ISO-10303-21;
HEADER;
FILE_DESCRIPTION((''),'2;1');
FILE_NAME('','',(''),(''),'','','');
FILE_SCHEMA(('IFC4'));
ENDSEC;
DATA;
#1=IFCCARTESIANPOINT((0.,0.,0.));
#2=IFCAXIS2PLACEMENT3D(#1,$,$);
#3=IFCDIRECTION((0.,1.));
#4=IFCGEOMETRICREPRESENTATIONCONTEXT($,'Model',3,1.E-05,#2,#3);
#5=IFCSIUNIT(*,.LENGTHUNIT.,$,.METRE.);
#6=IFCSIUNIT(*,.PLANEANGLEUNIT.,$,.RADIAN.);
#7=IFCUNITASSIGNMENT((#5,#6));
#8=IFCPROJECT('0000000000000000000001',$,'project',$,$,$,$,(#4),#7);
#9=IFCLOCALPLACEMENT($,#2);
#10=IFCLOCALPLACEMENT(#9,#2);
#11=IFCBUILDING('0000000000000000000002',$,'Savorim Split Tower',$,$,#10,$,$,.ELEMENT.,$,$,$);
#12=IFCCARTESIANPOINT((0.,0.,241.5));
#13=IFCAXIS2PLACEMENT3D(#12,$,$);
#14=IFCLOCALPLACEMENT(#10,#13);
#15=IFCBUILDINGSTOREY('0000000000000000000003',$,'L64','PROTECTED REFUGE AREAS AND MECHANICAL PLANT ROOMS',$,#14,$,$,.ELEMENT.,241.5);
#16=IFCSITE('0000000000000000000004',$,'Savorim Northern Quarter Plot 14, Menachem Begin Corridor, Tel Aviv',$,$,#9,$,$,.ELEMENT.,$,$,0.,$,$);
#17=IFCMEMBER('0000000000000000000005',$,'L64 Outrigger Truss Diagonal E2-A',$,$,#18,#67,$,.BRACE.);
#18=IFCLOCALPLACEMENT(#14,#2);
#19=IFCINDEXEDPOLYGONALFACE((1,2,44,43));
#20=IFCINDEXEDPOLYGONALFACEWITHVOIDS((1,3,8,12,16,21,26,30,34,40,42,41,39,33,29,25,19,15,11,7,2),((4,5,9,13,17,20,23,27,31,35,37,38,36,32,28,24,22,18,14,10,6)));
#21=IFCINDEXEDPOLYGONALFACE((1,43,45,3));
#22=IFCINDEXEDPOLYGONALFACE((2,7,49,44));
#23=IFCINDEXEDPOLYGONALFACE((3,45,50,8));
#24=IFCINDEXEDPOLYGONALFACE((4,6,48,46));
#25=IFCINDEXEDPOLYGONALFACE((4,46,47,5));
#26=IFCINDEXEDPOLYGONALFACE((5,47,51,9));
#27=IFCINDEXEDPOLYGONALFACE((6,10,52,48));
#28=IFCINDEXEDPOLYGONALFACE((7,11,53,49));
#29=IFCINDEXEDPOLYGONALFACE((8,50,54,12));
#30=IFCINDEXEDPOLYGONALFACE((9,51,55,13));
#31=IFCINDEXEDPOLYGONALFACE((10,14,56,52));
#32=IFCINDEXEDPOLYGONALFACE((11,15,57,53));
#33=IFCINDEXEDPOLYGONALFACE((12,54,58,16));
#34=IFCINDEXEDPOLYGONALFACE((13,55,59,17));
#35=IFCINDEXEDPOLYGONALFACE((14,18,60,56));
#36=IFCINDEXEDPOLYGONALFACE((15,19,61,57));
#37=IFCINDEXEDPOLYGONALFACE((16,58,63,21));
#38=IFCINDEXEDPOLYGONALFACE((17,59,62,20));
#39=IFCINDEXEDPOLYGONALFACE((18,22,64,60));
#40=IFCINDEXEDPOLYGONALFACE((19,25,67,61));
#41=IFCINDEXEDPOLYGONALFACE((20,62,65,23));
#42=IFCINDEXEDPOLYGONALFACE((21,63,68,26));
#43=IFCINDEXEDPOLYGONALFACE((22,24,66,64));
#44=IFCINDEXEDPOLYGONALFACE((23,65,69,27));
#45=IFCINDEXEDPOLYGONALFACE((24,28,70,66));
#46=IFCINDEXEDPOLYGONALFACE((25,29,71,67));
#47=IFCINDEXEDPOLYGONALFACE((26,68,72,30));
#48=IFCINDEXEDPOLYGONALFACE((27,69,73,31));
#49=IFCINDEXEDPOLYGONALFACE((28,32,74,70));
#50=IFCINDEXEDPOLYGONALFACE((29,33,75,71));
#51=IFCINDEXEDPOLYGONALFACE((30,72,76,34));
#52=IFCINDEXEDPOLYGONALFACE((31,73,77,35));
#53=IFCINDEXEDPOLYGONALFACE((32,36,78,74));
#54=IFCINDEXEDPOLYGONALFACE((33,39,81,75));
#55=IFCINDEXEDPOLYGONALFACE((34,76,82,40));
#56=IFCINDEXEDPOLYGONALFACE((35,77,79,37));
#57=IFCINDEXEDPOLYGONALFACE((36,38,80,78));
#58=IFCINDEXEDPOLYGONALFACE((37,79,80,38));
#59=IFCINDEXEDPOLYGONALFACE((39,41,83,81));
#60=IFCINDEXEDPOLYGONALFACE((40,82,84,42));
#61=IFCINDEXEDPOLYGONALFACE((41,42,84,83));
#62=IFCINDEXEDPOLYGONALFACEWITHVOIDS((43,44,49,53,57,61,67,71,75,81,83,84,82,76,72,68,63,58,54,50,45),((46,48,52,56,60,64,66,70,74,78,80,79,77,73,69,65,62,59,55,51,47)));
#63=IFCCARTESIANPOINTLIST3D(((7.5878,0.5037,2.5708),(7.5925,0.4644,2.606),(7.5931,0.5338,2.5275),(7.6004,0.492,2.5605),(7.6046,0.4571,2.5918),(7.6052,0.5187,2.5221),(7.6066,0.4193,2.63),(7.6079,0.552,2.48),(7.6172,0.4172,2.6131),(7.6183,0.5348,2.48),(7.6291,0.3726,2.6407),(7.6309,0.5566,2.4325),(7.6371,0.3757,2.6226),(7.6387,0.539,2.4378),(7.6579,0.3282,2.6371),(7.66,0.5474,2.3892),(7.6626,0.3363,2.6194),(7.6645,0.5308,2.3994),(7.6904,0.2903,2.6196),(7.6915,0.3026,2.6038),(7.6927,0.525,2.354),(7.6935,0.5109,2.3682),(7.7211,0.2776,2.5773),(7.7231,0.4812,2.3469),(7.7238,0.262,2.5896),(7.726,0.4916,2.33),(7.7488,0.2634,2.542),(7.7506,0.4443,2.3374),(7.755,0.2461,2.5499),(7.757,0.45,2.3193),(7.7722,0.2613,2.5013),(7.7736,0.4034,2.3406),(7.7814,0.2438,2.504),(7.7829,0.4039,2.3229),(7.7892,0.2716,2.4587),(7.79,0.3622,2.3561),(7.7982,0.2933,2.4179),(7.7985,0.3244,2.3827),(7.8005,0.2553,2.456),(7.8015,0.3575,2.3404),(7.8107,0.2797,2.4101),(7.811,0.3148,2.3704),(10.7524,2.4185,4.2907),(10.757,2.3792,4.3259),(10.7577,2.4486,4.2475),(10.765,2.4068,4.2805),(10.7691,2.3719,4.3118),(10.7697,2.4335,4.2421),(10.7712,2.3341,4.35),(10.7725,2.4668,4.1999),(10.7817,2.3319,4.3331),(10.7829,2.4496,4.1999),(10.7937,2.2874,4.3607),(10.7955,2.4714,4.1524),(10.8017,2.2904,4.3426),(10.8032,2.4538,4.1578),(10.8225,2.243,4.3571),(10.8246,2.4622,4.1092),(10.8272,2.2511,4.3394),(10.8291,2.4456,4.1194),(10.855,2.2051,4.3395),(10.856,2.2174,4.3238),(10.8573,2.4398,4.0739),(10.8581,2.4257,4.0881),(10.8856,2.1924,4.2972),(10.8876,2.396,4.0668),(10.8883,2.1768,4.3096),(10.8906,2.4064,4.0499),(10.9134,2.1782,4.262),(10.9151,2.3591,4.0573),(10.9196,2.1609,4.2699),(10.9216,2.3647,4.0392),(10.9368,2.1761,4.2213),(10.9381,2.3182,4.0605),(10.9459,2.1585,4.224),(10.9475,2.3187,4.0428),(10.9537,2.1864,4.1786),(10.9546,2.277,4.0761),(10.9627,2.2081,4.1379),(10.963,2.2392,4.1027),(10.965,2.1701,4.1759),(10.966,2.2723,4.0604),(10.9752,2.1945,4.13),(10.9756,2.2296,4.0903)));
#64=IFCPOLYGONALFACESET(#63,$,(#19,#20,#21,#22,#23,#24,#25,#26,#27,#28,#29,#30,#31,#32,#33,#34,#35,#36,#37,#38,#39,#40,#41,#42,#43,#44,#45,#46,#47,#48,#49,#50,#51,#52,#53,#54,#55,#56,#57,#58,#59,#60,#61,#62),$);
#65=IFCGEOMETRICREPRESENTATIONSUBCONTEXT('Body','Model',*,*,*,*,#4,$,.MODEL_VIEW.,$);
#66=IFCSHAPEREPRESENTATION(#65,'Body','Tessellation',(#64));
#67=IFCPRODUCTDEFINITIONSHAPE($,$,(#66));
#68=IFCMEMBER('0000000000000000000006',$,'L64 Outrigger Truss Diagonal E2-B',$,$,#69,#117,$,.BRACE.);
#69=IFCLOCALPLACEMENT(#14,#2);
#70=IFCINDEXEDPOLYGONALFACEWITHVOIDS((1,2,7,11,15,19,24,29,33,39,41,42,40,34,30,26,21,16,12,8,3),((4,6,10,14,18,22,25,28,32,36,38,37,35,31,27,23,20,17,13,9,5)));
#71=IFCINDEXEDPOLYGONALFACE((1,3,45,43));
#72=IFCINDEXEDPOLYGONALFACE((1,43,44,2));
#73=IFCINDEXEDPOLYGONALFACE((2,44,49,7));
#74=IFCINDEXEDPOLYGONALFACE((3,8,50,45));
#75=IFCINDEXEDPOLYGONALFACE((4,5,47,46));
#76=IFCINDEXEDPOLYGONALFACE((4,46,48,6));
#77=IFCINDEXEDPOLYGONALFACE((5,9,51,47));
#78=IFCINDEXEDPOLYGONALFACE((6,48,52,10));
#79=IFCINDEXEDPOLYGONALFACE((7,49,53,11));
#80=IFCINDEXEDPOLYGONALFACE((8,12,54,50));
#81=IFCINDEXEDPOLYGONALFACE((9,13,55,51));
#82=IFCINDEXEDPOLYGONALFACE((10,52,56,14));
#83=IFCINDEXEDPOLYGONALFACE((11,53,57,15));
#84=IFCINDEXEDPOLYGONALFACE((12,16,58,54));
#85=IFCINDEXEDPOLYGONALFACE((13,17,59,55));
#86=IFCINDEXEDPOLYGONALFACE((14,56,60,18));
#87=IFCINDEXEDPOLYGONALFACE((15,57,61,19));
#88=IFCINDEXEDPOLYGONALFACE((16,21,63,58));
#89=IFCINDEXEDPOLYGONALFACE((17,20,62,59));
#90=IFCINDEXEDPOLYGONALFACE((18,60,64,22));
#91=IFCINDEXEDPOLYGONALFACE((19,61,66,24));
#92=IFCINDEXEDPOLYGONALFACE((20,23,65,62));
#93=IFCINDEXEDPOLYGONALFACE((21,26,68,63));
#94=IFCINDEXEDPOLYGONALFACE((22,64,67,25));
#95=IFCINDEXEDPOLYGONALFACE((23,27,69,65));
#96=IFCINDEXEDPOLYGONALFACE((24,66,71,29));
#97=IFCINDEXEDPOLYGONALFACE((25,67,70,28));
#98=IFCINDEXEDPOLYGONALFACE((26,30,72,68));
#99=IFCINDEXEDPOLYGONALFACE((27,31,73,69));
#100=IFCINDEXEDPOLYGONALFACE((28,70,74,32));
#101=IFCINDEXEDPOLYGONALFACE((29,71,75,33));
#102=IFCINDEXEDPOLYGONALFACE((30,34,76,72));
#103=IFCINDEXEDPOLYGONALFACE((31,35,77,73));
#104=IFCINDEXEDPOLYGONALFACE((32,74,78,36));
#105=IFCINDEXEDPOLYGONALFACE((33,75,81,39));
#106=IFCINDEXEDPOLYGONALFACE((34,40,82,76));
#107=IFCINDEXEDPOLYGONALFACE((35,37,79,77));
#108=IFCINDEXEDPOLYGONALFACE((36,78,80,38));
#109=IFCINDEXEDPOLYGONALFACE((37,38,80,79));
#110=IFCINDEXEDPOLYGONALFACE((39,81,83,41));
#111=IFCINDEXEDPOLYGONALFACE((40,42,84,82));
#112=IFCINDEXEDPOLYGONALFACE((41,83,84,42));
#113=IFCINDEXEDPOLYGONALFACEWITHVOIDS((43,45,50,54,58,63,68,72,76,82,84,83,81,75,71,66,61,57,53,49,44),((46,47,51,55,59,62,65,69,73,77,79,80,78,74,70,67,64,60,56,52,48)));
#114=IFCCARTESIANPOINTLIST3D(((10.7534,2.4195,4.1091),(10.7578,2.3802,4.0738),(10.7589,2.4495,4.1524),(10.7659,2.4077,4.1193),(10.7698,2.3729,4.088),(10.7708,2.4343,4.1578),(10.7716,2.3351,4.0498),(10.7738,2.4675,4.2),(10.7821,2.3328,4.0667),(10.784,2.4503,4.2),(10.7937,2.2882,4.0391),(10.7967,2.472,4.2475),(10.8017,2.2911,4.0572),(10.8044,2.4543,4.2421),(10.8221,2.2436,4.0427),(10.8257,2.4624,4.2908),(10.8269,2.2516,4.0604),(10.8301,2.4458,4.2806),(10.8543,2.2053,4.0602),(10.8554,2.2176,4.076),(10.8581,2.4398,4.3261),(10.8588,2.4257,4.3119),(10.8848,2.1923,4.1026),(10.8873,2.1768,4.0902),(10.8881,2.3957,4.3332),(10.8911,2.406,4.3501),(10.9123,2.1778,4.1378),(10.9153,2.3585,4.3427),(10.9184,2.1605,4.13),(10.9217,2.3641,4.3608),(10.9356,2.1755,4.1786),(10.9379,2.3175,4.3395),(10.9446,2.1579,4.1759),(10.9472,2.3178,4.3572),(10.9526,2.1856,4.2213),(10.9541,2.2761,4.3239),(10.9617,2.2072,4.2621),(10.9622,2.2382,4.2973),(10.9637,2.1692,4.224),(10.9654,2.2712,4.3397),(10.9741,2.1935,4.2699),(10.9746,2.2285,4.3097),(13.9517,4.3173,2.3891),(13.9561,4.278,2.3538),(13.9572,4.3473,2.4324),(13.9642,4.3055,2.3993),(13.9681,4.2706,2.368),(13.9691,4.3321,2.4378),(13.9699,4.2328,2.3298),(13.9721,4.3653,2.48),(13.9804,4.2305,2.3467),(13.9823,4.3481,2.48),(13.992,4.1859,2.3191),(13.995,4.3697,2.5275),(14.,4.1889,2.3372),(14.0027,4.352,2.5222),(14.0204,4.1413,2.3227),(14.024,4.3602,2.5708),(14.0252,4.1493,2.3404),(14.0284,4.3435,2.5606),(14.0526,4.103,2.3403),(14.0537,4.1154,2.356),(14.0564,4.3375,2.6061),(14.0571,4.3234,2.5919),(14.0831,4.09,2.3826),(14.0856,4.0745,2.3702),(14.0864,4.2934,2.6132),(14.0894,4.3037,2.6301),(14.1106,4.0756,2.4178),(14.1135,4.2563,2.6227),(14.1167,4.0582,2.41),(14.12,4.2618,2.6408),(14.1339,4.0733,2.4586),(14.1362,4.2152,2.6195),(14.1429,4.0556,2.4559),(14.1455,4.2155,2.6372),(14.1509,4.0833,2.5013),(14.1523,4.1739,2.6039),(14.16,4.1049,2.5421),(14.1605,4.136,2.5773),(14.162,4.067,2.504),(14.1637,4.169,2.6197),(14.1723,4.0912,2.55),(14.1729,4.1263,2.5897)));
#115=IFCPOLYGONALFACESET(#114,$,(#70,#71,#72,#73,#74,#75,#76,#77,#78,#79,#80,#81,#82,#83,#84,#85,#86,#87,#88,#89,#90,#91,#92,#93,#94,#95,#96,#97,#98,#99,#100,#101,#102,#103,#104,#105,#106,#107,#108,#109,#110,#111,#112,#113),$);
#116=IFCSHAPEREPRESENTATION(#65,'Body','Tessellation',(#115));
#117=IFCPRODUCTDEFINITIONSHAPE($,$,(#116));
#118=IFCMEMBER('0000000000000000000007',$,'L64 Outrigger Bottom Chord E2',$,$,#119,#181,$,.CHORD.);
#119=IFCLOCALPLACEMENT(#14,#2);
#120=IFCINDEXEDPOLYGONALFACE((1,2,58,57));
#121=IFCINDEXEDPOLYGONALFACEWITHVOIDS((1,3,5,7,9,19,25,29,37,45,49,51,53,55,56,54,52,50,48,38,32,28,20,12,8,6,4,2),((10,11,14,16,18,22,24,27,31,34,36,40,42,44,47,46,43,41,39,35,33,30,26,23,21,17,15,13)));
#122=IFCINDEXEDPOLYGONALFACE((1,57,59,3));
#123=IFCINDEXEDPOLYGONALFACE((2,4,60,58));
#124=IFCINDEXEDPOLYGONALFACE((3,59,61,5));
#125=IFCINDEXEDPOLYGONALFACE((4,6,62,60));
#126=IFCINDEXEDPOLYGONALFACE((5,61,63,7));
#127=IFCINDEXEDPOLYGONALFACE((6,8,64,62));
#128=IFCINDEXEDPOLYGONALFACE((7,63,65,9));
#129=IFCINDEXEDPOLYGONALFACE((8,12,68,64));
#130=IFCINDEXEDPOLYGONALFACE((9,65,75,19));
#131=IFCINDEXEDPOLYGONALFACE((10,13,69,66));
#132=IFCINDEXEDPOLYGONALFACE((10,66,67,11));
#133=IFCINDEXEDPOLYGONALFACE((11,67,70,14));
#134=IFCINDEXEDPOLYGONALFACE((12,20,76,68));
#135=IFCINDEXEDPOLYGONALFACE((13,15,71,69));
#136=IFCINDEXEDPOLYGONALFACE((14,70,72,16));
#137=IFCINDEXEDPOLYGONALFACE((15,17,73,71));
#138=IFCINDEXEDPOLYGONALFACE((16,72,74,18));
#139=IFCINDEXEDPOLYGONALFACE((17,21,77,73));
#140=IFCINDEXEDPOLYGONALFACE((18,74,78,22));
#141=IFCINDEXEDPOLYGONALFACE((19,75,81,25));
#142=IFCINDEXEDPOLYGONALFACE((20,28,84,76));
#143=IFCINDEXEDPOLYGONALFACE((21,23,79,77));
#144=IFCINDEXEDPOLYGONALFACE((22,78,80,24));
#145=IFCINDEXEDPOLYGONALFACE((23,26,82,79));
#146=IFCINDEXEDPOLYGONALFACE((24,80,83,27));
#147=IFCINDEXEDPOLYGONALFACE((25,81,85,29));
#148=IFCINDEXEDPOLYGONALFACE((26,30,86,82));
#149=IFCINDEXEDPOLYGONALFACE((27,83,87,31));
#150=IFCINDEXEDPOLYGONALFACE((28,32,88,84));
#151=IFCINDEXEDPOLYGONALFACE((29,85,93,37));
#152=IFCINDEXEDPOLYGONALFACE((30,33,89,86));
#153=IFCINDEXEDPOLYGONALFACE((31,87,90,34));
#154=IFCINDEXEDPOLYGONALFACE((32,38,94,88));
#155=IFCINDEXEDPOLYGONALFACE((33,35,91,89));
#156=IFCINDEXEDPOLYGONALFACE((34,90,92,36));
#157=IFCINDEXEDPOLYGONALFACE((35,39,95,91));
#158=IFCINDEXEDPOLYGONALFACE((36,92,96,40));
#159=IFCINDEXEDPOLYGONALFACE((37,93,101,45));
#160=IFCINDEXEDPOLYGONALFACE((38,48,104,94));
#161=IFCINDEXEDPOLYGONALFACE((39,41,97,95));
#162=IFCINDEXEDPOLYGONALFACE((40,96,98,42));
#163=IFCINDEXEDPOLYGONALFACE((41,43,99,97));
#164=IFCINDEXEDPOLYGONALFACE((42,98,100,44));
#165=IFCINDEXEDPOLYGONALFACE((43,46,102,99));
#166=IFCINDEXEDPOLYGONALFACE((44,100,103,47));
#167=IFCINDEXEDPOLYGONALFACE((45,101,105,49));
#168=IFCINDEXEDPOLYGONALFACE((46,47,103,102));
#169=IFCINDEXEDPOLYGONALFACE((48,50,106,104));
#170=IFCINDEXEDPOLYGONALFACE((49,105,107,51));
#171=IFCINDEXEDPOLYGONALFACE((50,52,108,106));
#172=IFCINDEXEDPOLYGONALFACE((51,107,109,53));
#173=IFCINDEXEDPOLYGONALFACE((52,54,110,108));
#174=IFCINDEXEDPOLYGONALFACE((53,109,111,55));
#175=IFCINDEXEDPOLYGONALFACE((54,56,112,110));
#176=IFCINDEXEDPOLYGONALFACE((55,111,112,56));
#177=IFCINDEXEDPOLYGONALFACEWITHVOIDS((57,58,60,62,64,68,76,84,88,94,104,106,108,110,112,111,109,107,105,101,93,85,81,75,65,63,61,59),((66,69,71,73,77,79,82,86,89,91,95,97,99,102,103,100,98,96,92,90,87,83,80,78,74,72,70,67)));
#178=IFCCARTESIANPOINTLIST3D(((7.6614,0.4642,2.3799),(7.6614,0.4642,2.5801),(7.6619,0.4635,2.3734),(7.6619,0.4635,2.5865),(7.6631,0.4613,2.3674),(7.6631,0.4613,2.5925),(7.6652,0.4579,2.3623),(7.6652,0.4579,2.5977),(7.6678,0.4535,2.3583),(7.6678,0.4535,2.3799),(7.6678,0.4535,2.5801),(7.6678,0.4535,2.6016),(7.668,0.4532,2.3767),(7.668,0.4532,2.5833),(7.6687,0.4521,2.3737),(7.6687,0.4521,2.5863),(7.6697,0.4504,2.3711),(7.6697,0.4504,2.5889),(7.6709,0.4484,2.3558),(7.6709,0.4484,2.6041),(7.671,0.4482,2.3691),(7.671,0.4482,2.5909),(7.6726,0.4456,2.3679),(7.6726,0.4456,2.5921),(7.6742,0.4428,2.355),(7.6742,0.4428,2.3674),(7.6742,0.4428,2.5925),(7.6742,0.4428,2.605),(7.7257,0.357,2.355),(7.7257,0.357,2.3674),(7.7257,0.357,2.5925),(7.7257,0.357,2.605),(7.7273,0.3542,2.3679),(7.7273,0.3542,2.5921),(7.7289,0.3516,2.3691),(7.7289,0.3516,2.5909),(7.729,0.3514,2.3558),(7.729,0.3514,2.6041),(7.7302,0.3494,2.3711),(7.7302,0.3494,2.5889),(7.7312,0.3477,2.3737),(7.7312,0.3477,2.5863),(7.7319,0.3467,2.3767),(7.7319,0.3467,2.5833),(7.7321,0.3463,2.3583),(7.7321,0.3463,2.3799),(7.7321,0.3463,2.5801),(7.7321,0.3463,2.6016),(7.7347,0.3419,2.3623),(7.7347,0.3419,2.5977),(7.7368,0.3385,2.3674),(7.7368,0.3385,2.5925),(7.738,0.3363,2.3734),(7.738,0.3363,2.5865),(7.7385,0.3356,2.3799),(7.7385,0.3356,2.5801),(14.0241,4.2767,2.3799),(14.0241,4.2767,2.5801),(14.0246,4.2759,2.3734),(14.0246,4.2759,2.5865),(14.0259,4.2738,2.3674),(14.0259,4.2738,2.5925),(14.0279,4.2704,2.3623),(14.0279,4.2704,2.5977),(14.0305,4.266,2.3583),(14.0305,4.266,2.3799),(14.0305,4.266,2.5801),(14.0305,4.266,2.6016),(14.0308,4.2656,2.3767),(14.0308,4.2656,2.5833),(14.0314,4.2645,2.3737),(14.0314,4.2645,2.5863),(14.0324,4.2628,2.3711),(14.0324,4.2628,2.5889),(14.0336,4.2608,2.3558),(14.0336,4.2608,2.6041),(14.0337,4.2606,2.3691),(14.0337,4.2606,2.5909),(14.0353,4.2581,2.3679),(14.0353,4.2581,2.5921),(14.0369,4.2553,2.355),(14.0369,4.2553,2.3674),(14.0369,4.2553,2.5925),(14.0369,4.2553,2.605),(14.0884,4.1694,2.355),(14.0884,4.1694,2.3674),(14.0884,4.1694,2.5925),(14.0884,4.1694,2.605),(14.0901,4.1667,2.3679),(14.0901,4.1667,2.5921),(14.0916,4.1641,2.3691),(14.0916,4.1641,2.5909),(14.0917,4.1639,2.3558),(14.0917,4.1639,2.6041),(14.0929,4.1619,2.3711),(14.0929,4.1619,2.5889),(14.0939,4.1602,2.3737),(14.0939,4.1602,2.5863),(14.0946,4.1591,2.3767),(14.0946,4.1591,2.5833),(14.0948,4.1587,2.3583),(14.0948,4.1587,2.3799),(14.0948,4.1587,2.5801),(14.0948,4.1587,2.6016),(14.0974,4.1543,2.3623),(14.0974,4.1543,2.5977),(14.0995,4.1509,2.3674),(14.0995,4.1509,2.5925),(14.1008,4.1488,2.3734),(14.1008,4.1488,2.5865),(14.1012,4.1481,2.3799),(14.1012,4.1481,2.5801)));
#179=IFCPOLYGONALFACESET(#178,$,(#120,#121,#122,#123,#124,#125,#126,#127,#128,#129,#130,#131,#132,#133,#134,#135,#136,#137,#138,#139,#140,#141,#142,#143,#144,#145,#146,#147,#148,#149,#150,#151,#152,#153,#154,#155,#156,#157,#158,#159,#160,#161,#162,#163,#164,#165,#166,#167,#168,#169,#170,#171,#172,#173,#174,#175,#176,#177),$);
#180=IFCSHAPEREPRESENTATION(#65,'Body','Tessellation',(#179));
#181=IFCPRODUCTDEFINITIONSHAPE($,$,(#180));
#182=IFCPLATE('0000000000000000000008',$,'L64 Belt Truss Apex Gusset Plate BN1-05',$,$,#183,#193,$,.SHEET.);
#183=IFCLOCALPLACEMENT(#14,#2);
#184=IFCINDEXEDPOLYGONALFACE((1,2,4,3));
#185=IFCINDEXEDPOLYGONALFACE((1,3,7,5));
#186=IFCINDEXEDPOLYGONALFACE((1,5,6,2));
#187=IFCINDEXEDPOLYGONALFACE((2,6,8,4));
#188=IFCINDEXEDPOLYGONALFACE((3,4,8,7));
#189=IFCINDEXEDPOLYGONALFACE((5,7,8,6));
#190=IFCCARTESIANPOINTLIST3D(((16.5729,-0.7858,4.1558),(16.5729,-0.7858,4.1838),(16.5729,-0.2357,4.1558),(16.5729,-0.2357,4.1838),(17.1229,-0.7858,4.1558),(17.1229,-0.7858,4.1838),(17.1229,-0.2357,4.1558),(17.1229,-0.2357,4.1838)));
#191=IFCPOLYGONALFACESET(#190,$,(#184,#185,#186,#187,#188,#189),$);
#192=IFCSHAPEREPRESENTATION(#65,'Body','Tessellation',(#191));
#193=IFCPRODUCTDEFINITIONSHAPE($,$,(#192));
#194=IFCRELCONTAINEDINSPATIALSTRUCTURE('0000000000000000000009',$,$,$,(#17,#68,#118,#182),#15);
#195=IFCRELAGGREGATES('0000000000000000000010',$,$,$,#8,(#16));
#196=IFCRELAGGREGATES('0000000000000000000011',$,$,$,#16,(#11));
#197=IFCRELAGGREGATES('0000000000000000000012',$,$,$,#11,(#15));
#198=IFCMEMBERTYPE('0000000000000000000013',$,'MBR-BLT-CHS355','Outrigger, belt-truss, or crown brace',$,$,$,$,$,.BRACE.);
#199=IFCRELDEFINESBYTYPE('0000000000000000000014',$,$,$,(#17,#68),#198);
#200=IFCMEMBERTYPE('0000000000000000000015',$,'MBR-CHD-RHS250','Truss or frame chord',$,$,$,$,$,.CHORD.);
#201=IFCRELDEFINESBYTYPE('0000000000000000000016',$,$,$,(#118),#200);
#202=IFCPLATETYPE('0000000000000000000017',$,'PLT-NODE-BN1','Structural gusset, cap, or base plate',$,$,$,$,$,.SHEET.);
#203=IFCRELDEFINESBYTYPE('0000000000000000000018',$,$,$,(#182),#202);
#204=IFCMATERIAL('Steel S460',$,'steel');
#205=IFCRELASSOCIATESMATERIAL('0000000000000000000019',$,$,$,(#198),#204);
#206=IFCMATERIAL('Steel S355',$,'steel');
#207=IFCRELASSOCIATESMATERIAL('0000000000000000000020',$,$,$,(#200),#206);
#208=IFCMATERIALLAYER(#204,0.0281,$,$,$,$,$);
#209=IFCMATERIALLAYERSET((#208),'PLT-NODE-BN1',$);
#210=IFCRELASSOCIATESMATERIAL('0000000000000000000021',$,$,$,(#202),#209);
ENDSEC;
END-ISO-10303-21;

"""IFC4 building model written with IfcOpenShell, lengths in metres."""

from ifc_helpers import new_model, si_unit, direction, frame, origin, origin_2d, place, context, subcontext, project, spatial, rectangle, hollow_rectangle, hollow_circle, extrude, material, layer, layer_set, material_profile, profile_set, type_object, element, save


model = new_model("IFC4")

# Units and contexts
model_context = context("Model", 3, precision=1e-05, world=origin(), true_north=direction((0.0, 1.0)))
body_context = subcontext(model_context, "Body", "Model", "MODEL_VIEW")
ifc_project = project(units=[si_unit("LENGTHUNIT", "METRE"), si_unit("PLANEANGLEUNIT", "RADIAN")], contexts=[model_context])

# Site, building, storey
site_placement = place(None, origin())
site = spatial("IfcSite", under=ifc_project, at=site_placement, Name="Savorim Northern Quarter Plot 14, Menachem Begin Corridor, Tel Aviv", CompositionType="ELEMENT", RefElevation=0.0)
building_placement = place(site_placement, origin())
building = spatial("IfcBuilding", under=site, at=building_placement, Name="Savorim Split Tower", CompositionType="ELEMENT")
storey_placement = place(building_placement, frame((0.0, 0.0, 241.5)))
storey = spatial("IfcBuildingStorey", under=building, at=storey_placement, Name="L64", Description="PROTECTED REFUGE AREAS AND MECHANICAL PLANT ROOMS", CompositionType="ELEMENT", Elevation=241.5)

# Shared definitions
ifc_material_1 = material(Name="Steel S355", Category="steel")

# Members
ifc_material_2 = material(Name="Steel S460", Category="steel")
ifc_material_profile_1 = material_profile(ifc_material_2, hollow_circle(Radius=0.1777, WallThickness=0.02, at=origin_2d()), Name="CHS 355.6x20")
ifc_profile_set_1 = profile_set([ifc_material_profile_1], Name="Steel S460")
member_type_1 = type_object("IfcMemberType", Name="MBR-BLT-CHS355", Description="Outrigger, belt-truss, or crown brace", PredefinedType="BRACE", material=ifc_profile_set_1)
member_1_placement = place(storey_placement, frame((7.7, 0.3999, 2.48), z_axis=(0.775795, 0.469415, 0.421654), x_axis=(-0.517686, 0.855571, 0.0)))
element("IfcMember", 1, at=member_1_placement, inside=storey, type_object=member_type_1, Name="L64 Outrigger Truss Diagonal E2-A", PredefinedType="BRACE", context=body_context, shape_type="SweptSolid", body=[
    extrude(hollow_circle(Radius=0.1777, WallThickness=0.02, at=origin_2d()), origin(), (0.0, 0.0, 1.0), 4.0791),
])
member_2_placement = place(storey_placement, frame((10.8645, 2.3147, 4.2), z_axis=(0.780562, 0.463153, -0.419776), x_axis=(-0.51029, 0.860002, 0.0)))
element("IfcMember", 2, at=member_2_placement, inside=storey, type_object=member_type_1, Name="L64 Outrigger Truss Diagonal E2-B", PredefinedType="BRACE", context=body_context, shape_type="SweptSolid", body=[
    extrude(hollow_circle(Radius=0.1777, WallThickness=0.02, at=origin_2d()), origin(), (0.0, 0.0, 1.0), 4.0974),
])
ifc_material_profile_2 = material_profile(ifc_material_1, hollow_rectangle(XDim=0.1499, YDim=0.25, WallThickness=0.0125, InnerFilletRadius=0.0125, OuterFilletRadius=0.0249, at=origin_2d()), Name="RHS 250x150x12.5")
ifc_profile_set_2 = profile_set([ifc_material_profile_2], Name="Steel S355")
member_type_2 = type_object("IfcMemberType", Name="MBR-CHD-RHS250", Description="Truss or frame chord", PredefinedType="CHORD", material=ifc_profile_set_2)
member_3_placement = place(storey_placement, frame((7.7, 0.3999, 2.48), z_axis=(0.857801, 0.513983, 0.0), x_axis=(-0.513983, 0.857801, 0.0)))
element("IfcMember", 3, at=member_3_placement, inside=storey, type_object=member_type_2, Name="L64 Outrigger Bottom Chord E2", PredefinedType="CHORD", context=body_context, shape_type="SweptSolid", body=[
    extrude(hollow_rectangle(XDim=0.1499, YDim=0.25, WallThickness=0.0125, InnerFilletRadius=0.0125, OuterFilletRadius=0.0249, at=origin_2d()), origin(), (0.0, 0.0, 1.0), 7.4175),
])

# Plate
ifc_layer_1 = layer(ifc_material_2, 0.0281)
ifc_layer_set_1 = layer_set([ifc_layer_1], Name="PLT-NODE-BN1")
plate_type_1 = type_object("IfcPlateType", Name="PLT-NODE-BN1", Description="Structural gusset, cap, or base plate", PredefinedType="SHEET", material=ifc_layer_set_1)
plate_1_placement = place(storey_placement, frame((16.8479, -0.5107, 4.1558), z_axis=(0.0, 0.0, 1.0), x_axis=(1.0, 0.0, 0.0)))
element("IfcPlate", 4, at=plate_1_placement, inside=storey, type_object=plate_type_1, Name="L64 Belt Truss Apex Gusset Plate BN1-05", PredefinedType="SHEET", context=body_context, shape_type="SweptSolid", body=[
    extrude(rectangle(XDim=0.55, YDim=0.55, at=origin_2d()), origin(), (0.0, 0.0, 1.0), 0.0281),
])

save(model, "model.ifc")
